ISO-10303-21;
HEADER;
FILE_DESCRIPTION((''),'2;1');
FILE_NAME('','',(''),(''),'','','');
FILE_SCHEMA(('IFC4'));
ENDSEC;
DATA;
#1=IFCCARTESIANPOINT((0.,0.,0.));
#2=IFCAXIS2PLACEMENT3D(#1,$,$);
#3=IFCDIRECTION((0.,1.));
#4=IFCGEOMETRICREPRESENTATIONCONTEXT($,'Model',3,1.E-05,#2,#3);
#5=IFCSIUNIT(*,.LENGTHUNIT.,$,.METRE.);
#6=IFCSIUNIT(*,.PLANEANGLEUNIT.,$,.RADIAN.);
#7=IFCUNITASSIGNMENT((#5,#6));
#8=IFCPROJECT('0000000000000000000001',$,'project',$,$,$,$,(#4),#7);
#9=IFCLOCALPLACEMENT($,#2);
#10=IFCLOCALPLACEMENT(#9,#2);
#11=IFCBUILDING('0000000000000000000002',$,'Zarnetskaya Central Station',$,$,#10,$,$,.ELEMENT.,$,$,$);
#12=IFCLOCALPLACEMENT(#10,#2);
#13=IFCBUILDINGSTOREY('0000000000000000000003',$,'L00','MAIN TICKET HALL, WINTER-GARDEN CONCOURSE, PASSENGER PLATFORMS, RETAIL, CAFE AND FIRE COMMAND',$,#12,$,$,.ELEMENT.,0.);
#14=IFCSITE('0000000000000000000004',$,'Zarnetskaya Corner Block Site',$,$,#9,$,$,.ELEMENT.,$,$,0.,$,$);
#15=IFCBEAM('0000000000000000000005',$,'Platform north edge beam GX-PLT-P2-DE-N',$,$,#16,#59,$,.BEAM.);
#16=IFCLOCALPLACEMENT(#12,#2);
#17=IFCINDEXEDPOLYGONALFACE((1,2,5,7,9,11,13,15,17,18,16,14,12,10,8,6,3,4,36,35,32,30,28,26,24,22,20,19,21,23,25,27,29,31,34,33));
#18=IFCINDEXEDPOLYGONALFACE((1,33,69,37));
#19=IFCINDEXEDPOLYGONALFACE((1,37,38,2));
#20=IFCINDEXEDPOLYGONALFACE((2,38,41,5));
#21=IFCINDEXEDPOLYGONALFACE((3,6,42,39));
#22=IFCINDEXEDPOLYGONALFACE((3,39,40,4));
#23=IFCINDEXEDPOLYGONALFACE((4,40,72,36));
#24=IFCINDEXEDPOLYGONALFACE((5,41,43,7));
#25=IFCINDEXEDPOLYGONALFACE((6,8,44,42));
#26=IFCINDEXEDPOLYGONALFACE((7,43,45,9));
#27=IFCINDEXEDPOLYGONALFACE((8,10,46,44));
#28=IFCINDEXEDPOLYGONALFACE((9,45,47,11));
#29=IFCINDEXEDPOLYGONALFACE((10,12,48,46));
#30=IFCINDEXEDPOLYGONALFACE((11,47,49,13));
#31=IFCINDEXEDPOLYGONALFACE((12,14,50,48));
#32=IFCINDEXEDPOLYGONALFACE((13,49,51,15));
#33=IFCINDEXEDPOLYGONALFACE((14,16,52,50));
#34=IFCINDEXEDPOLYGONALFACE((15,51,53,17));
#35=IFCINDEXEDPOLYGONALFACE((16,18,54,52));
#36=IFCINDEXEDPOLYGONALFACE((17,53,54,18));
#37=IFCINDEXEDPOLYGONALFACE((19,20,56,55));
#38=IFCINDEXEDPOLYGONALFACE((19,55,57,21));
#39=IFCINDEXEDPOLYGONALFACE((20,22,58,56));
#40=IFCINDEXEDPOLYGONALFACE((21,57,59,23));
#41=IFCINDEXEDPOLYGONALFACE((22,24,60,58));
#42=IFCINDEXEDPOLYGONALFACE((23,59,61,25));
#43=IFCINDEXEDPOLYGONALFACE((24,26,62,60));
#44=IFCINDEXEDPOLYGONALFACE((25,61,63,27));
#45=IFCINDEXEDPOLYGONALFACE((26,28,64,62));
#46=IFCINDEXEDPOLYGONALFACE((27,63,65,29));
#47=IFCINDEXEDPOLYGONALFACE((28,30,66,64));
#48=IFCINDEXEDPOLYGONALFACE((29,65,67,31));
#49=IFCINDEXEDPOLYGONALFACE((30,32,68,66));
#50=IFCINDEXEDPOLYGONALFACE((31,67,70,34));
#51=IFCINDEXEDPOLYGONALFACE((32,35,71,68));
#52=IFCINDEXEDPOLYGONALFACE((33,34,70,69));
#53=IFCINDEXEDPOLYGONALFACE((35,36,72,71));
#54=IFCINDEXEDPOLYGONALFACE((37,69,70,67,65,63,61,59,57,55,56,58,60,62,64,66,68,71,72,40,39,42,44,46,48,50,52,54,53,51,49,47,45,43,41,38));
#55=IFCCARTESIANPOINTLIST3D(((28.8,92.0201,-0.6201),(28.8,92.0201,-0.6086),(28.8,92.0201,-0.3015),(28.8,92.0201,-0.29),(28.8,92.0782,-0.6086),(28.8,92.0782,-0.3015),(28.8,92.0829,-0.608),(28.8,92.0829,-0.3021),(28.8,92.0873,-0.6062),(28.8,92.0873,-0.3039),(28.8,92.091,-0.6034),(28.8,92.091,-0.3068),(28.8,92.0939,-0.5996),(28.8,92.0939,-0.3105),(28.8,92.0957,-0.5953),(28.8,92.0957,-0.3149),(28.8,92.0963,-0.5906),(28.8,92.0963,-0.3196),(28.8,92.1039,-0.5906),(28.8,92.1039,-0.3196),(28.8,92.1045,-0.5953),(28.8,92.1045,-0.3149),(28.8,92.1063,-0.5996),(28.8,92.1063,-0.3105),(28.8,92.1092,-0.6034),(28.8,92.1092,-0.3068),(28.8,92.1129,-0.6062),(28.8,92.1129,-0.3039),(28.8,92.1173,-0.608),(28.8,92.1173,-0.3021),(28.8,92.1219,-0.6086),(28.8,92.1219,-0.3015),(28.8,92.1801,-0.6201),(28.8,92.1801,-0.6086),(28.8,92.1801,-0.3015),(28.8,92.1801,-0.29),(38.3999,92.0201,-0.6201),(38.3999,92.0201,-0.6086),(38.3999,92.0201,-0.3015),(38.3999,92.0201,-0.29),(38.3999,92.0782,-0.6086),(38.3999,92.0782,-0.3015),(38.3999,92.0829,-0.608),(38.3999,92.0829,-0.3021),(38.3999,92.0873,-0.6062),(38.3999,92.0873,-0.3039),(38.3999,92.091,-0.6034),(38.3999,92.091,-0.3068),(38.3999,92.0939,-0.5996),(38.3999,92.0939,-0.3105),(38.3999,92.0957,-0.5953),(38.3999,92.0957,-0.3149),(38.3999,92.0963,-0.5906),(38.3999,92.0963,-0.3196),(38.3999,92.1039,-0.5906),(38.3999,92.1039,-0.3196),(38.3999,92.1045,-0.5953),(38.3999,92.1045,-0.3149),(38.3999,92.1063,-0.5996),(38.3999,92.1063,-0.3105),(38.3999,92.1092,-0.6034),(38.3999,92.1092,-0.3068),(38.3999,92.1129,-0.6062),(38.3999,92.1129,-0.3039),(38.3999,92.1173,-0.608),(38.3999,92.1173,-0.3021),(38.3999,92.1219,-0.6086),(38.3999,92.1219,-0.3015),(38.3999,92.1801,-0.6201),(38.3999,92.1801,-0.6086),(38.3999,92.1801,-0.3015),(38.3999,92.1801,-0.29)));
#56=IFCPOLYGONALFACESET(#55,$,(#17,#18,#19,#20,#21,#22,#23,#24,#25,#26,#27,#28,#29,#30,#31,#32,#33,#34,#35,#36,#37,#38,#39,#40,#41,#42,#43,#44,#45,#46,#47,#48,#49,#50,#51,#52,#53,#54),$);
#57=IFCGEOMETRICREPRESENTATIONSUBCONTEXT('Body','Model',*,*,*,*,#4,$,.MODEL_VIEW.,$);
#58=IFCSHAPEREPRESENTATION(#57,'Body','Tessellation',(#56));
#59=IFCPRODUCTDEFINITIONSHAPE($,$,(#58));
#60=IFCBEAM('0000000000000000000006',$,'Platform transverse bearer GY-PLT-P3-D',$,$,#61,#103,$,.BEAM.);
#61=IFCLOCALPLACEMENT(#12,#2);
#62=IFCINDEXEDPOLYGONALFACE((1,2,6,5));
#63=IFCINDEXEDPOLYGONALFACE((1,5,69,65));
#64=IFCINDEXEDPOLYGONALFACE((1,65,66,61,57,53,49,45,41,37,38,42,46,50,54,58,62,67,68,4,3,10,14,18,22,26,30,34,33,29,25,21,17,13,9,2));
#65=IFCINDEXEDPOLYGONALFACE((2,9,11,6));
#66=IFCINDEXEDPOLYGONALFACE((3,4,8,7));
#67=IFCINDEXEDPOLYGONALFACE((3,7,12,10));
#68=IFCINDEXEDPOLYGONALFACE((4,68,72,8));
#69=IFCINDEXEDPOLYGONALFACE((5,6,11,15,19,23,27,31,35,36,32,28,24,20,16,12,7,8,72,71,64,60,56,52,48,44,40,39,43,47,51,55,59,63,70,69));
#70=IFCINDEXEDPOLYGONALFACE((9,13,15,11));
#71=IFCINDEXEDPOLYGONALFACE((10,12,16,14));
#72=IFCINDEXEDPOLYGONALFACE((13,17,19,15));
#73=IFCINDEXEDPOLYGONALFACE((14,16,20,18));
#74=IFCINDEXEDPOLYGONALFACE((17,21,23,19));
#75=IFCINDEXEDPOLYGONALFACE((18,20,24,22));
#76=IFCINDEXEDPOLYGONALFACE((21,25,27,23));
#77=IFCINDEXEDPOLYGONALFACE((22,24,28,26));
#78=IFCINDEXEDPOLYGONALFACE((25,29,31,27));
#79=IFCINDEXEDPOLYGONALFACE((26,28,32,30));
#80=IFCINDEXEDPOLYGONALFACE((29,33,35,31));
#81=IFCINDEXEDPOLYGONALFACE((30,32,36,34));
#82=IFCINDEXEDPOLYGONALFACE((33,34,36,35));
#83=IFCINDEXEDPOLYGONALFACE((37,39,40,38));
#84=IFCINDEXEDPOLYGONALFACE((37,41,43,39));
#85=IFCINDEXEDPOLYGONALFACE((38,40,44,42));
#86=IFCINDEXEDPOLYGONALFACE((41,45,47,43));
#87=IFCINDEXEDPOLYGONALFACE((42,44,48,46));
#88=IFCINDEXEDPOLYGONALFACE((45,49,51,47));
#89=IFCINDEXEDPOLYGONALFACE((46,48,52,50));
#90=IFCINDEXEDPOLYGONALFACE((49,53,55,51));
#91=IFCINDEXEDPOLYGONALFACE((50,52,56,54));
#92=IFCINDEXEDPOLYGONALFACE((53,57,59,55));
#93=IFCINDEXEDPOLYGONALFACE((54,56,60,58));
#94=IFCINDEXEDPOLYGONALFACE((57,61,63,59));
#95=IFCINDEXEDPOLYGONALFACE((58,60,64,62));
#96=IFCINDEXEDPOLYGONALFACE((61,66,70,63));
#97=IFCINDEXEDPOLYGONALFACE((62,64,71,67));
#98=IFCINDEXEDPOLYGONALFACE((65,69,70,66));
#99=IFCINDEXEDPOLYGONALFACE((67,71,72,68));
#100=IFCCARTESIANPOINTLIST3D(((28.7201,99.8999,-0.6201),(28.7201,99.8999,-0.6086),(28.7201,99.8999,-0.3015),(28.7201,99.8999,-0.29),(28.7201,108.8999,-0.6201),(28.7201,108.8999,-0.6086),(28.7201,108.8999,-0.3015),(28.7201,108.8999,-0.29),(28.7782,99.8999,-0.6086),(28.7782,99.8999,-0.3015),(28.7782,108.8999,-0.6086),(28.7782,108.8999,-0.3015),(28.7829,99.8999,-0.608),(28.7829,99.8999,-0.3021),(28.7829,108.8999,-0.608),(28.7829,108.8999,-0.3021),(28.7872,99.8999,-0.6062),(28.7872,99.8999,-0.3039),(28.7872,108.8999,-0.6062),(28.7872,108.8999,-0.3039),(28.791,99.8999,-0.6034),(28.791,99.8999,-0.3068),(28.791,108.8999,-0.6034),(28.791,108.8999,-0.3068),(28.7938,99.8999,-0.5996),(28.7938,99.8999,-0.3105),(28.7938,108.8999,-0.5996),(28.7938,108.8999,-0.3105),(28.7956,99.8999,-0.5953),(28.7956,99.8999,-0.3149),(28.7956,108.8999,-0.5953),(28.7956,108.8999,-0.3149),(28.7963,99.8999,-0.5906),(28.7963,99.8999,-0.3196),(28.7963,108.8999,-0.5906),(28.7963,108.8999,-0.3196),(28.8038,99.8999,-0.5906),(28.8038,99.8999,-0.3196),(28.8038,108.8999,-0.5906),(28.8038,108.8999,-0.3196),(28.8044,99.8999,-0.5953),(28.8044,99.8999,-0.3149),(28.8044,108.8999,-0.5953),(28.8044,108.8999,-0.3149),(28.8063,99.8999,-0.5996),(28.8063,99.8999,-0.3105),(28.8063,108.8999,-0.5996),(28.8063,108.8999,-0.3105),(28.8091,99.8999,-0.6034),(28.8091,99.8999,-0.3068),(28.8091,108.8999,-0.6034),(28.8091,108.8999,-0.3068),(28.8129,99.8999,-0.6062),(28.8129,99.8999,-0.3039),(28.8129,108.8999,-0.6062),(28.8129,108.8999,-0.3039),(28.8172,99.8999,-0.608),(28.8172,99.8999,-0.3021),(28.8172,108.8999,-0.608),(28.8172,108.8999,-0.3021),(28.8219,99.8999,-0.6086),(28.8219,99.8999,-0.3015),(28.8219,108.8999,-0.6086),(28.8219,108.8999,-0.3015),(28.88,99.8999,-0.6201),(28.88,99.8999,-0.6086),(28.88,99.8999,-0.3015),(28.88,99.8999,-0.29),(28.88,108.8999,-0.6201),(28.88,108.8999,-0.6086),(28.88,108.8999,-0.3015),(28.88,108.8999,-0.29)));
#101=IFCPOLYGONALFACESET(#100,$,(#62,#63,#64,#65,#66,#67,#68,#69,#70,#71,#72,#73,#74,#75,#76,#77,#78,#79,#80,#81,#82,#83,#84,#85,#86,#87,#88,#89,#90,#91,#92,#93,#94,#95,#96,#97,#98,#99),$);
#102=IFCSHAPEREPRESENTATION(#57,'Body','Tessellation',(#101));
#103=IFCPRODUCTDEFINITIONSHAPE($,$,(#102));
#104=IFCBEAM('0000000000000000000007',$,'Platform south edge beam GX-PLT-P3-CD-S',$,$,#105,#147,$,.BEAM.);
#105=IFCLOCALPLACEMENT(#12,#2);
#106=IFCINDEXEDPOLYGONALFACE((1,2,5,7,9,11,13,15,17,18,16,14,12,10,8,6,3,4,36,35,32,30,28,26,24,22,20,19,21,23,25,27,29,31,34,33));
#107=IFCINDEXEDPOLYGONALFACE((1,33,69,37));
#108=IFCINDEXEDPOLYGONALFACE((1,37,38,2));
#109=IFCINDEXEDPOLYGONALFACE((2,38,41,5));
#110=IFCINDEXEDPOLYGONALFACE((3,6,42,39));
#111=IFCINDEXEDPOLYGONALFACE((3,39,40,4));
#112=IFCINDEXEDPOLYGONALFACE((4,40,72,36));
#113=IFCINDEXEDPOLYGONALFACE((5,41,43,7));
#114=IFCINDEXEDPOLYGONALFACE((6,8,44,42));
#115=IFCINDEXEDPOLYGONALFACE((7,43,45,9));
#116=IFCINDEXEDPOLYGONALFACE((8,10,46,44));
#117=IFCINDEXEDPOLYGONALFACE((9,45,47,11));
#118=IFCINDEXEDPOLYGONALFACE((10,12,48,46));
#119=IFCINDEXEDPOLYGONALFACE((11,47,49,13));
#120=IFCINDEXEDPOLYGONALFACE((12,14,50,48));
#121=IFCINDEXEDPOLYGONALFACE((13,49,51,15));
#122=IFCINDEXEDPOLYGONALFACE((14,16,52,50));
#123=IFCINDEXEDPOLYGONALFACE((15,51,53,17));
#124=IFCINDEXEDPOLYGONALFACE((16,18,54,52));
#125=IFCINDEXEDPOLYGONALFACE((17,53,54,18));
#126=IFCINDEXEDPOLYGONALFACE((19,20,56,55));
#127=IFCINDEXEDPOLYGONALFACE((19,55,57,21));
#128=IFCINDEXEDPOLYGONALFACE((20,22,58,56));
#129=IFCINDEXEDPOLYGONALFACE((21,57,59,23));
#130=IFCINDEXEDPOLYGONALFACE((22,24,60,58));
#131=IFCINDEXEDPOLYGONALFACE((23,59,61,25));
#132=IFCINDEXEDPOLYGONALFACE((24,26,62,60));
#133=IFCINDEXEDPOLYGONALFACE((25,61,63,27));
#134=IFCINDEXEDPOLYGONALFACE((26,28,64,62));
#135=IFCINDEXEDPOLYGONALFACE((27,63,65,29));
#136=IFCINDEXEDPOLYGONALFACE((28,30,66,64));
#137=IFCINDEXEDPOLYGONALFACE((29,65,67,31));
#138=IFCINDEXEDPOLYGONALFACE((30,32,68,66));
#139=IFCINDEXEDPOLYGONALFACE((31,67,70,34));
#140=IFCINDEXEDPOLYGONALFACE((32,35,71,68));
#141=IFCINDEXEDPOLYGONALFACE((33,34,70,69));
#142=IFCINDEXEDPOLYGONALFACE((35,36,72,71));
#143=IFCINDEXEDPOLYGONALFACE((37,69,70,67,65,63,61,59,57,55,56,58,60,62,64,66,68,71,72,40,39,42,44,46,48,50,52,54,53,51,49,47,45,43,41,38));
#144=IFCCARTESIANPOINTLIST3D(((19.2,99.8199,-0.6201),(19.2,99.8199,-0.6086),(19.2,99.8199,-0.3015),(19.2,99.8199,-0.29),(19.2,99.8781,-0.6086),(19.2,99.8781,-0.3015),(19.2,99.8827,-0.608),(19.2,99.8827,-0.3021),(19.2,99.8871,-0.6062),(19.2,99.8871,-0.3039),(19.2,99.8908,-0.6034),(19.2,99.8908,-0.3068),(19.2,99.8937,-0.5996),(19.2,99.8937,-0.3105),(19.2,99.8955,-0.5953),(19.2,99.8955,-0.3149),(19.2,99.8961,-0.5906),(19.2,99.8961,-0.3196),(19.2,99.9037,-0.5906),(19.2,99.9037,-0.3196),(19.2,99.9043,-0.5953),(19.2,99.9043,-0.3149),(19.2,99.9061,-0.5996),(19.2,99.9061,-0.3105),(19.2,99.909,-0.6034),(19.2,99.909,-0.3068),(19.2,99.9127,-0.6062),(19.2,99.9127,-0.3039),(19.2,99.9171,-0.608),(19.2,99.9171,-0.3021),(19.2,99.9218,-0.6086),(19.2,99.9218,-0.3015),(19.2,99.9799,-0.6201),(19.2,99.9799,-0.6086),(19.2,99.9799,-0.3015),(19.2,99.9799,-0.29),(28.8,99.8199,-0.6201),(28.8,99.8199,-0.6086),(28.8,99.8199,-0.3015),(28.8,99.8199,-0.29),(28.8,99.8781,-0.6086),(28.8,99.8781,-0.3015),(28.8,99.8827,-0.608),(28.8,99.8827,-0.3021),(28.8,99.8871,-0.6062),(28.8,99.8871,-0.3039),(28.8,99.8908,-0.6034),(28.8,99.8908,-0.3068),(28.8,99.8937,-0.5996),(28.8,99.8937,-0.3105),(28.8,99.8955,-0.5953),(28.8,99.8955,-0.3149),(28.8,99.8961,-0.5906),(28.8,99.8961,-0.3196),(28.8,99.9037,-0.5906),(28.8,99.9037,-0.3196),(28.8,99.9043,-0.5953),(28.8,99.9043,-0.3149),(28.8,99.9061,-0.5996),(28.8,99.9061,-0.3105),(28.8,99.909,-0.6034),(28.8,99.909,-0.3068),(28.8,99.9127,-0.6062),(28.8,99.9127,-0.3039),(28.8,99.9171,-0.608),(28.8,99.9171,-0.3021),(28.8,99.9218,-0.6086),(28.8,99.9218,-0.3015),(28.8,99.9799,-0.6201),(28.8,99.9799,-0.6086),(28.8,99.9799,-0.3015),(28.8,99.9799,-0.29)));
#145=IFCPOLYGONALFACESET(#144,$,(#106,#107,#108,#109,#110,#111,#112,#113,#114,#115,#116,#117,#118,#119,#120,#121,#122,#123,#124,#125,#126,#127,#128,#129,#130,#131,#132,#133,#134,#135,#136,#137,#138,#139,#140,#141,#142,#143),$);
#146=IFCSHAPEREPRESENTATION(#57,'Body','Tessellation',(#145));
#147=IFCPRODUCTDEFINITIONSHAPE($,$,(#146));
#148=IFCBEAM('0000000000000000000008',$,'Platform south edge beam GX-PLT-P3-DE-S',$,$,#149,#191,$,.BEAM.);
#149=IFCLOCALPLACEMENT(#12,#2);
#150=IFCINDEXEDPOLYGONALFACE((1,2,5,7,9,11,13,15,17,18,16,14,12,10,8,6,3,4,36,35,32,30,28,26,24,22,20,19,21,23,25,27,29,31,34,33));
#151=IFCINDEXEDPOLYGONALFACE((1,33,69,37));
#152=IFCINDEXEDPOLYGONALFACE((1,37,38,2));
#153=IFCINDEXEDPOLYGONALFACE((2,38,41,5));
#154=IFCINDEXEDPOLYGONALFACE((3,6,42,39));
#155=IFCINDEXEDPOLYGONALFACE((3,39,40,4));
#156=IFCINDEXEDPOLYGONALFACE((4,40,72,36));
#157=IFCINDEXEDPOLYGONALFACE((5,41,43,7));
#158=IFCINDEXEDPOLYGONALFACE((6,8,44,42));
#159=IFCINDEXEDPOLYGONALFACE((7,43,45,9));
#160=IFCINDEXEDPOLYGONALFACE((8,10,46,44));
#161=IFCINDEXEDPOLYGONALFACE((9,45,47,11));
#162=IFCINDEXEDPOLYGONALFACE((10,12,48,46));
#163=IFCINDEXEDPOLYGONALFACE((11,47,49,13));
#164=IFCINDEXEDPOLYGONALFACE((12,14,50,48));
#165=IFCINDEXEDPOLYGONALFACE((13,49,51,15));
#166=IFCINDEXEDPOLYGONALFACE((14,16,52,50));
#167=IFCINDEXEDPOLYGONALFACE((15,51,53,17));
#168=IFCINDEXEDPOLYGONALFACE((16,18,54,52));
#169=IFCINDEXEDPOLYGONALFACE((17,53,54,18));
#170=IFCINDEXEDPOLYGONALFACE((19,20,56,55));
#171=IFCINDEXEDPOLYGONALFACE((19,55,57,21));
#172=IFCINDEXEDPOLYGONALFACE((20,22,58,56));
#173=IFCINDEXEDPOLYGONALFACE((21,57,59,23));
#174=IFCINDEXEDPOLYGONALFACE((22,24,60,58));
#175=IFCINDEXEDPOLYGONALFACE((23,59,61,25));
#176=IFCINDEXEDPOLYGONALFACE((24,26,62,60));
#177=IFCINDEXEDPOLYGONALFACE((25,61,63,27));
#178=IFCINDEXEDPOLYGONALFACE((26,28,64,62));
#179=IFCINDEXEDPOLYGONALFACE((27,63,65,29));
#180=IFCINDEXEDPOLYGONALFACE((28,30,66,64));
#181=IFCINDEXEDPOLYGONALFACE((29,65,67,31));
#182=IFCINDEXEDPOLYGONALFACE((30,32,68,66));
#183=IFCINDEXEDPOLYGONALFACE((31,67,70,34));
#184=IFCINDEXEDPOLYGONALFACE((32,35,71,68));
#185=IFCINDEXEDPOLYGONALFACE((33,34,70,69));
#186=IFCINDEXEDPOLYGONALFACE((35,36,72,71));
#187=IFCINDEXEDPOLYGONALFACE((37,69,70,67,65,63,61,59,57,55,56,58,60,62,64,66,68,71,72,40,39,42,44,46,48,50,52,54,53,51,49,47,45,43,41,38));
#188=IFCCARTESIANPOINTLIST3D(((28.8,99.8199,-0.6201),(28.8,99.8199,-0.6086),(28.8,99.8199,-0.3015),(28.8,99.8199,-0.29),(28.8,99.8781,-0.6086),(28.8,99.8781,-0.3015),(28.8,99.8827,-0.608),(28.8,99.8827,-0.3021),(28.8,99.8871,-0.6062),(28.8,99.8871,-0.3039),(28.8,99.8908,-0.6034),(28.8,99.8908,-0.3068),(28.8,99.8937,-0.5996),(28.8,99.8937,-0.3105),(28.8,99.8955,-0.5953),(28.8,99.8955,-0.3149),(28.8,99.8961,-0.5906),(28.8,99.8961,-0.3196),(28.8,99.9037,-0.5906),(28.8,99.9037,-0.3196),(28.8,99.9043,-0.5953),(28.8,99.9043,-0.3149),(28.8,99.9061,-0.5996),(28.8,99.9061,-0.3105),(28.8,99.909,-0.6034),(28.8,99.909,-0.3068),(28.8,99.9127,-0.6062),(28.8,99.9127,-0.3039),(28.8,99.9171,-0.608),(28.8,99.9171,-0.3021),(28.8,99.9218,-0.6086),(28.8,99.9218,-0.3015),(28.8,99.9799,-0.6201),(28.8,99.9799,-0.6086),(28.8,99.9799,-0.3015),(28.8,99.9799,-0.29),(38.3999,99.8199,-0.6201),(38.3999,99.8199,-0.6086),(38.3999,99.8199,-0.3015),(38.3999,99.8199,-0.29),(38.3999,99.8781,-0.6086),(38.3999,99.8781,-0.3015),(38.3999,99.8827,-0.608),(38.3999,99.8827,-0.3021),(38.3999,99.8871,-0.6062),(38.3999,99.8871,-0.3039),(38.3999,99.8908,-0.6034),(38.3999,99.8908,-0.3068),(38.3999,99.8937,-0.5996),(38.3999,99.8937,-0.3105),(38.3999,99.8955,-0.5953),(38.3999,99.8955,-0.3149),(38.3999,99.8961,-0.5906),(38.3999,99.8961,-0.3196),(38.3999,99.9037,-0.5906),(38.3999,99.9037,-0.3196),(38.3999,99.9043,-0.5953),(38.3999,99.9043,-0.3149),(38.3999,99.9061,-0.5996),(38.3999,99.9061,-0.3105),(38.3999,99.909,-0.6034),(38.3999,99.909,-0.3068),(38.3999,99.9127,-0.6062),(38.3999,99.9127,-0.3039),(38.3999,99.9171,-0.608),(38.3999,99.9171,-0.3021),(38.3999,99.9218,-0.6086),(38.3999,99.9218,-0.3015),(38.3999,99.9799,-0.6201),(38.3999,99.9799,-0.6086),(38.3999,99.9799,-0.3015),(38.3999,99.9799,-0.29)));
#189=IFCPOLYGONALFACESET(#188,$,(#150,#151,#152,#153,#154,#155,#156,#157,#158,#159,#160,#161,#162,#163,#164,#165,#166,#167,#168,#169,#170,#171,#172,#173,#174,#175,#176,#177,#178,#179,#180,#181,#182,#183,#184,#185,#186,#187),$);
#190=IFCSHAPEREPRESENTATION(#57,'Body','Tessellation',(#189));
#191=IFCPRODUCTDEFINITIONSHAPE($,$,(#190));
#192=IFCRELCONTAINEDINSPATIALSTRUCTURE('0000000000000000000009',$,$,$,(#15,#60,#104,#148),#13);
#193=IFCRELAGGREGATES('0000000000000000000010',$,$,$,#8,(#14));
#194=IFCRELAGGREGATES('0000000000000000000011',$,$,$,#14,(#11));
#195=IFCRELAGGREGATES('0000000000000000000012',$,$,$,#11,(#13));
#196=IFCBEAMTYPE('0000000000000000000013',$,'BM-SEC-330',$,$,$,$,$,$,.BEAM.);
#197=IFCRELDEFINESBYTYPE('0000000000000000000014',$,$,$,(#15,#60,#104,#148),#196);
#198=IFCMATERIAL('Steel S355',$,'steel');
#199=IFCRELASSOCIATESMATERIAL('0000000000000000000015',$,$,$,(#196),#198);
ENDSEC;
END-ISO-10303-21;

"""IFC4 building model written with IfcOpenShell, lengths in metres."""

from ifc_helpers import new_model, si_unit, direction, frame, origin, origin_2d, place, context, subcontext, project, spatial, i_section, extrude, material, material_profile, profile_set, type_object, element, save


model = new_model("IFC4")

# Units and contexts
model_context = context("Model", 3, precision=1e-05, world=origin(), true_north=direction((0.0, 1.0)))
body_context = subcontext(model_context, "Body", "Model", "MODEL_VIEW")
ifc_project = project(units=[si_unit("LENGTHUNIT", "METRE"), si_unit("PLANEANGLEUNIT", "RADIAN")], contexts=[model_context])

# Site, building, storey
site_placement = place(None, origin())
site = spatial("IfcSite", under=ifc_project, at=site_placement, Name="Zarnetskaya Corner Block Site", CompositionType="ELEMENT", RefElevation=0.0)
building_placement = place(site_placement, origin())
building = spatial("IfcBuilding", under=site, at=building_placement, Name="Zarnetskaya Central Station", CompositionType="ELEMENT")
storey_placement = place(building_placement, origin())
storey = spatial("IfcBuildingStorey", under=building, at=storey_placement, Name="L00", Description="MAIN TICKET HALL, WINTER-GARDEN CONCOURSE, PASSENGER PLATFORMS, RETAIL, CAFE AND FIRE COMMAND", CompositionType="ELEMENT", Elevation=0.0)

# Shared definitions
ifc_material = material(Name="Steel S355", Category="steel")

# Beams
ifc_material_profile_1 = material_profile(ifc_material, i_section(OverallWidth=0.1599, OverallDepth=0.3301, WebThickness=0.0076, FlangeThickness=0.0115, FilletRadius=0.0181, at=origin_2d()), Name="IPE 330")
ifc_profile_set_1 = profile_set([ifc_material_profile_1], Name="Steel S355")
beam_type_1 = type_object("IfcBeamType", Name="BM-SEC-330", PredefinedType="BEAM", material=ifc_profile_set_1)
beam_1_placement = place(storey_placement, frame((28.8, 92.1001, -0.4551), z_axis=(1.0, 0.0, 0.0), x_axis=(0.0, 1.0, 0.0)))
element("IfcBeam", 1, at=beam_1_placement, inside=storey, type_object=beam_type_1, Name="Platform north edge beam GX-PLT-P2-DE-N", PredefinedType="BEAM", context=body_context, shape_type="SweptSolid", body=[
    extrude(i_section(OverallWidth=0.1599, OverallDepth=0.3301, WebThickness=0.0076, FlangeThickness=0.0115, FilletRadius=0.0181, at=origin_2d()), origin(), (0.0, 0.0, 1.0), 9.5999),
])
beam_2_placement = place(storey_placement, frame((28.8, 99.8999, -0.4551), z_axis=(0.0, 1.0, 0.0), x_axis=(-1.0, 0.0, 0.0)))
element("IfcBeam", 2, at=beam_2_placement, inside=storey, type_object=beam_type_1, Name="Platform transverse bearer GY-PLT-P3-D", PredefinedType="BEAM", context=body_context, shape_type="SweptSolid", body=[
    extrude(i_section(OverallWidth=0.1599, OverallDepth=0.3301, WebThickness=0.0076, FlangeThickness=0.0115, FilletRadius=0.0181, at=origin_2d()), origin(), (0.0, 0.0, 1.0), 9.0),
])
beam_3_placement = place(storey_placement, frame((19.2, 99.8999, -0.4551), z_axis=(1.0, 0.0, 0.0), x_axis=(0.0, 1.0, 0.0)))
element("IfcBeam", 3, at=beam_3_placement, inside=storey, type_object=beam_type_1, Name="Platform south edge beam GX-PLT-P3-CD-S", PredefinedType="BEAM", context=body_context, shape_type="SweptSolid", body=[
    extrude(i_section(OverallWidth=0.1599, OverallDepth=0.3301, WebThickness=0.0076, FlangeThickness=0.0115, FilletRadius=0.0181, at=origin_2d()), origin(), (0.0, 0.0, 1.0), 9.6001),
])
beam_4_placement = place(storey_placement, frame((28.8, 99.8999, -0.4551), z_axis=(1.0, 0.0, 0.0), x_axis=(0.0, 1.0, 0.0)))
element("IfcBeam", 4, at=beam_4_placement, inside=storey, type_object=beam_type_1, Name="Platform south edge beam GX-PLT-P3-DE-S", PredefinedType="BEAM", context=body_context, shape_type="SweptSolid", body=[
    extrude(i_section(OverallWidth=0.1599, OverallDepth=0.3301, WebThickness=0.0076, FlangeThickness=0.0115, FilletRadius=0.0181, at=origin_2d()), origin(), (0.0, 0.0, 1.0), 9.5999),
])

save(model, "model.ifc")
